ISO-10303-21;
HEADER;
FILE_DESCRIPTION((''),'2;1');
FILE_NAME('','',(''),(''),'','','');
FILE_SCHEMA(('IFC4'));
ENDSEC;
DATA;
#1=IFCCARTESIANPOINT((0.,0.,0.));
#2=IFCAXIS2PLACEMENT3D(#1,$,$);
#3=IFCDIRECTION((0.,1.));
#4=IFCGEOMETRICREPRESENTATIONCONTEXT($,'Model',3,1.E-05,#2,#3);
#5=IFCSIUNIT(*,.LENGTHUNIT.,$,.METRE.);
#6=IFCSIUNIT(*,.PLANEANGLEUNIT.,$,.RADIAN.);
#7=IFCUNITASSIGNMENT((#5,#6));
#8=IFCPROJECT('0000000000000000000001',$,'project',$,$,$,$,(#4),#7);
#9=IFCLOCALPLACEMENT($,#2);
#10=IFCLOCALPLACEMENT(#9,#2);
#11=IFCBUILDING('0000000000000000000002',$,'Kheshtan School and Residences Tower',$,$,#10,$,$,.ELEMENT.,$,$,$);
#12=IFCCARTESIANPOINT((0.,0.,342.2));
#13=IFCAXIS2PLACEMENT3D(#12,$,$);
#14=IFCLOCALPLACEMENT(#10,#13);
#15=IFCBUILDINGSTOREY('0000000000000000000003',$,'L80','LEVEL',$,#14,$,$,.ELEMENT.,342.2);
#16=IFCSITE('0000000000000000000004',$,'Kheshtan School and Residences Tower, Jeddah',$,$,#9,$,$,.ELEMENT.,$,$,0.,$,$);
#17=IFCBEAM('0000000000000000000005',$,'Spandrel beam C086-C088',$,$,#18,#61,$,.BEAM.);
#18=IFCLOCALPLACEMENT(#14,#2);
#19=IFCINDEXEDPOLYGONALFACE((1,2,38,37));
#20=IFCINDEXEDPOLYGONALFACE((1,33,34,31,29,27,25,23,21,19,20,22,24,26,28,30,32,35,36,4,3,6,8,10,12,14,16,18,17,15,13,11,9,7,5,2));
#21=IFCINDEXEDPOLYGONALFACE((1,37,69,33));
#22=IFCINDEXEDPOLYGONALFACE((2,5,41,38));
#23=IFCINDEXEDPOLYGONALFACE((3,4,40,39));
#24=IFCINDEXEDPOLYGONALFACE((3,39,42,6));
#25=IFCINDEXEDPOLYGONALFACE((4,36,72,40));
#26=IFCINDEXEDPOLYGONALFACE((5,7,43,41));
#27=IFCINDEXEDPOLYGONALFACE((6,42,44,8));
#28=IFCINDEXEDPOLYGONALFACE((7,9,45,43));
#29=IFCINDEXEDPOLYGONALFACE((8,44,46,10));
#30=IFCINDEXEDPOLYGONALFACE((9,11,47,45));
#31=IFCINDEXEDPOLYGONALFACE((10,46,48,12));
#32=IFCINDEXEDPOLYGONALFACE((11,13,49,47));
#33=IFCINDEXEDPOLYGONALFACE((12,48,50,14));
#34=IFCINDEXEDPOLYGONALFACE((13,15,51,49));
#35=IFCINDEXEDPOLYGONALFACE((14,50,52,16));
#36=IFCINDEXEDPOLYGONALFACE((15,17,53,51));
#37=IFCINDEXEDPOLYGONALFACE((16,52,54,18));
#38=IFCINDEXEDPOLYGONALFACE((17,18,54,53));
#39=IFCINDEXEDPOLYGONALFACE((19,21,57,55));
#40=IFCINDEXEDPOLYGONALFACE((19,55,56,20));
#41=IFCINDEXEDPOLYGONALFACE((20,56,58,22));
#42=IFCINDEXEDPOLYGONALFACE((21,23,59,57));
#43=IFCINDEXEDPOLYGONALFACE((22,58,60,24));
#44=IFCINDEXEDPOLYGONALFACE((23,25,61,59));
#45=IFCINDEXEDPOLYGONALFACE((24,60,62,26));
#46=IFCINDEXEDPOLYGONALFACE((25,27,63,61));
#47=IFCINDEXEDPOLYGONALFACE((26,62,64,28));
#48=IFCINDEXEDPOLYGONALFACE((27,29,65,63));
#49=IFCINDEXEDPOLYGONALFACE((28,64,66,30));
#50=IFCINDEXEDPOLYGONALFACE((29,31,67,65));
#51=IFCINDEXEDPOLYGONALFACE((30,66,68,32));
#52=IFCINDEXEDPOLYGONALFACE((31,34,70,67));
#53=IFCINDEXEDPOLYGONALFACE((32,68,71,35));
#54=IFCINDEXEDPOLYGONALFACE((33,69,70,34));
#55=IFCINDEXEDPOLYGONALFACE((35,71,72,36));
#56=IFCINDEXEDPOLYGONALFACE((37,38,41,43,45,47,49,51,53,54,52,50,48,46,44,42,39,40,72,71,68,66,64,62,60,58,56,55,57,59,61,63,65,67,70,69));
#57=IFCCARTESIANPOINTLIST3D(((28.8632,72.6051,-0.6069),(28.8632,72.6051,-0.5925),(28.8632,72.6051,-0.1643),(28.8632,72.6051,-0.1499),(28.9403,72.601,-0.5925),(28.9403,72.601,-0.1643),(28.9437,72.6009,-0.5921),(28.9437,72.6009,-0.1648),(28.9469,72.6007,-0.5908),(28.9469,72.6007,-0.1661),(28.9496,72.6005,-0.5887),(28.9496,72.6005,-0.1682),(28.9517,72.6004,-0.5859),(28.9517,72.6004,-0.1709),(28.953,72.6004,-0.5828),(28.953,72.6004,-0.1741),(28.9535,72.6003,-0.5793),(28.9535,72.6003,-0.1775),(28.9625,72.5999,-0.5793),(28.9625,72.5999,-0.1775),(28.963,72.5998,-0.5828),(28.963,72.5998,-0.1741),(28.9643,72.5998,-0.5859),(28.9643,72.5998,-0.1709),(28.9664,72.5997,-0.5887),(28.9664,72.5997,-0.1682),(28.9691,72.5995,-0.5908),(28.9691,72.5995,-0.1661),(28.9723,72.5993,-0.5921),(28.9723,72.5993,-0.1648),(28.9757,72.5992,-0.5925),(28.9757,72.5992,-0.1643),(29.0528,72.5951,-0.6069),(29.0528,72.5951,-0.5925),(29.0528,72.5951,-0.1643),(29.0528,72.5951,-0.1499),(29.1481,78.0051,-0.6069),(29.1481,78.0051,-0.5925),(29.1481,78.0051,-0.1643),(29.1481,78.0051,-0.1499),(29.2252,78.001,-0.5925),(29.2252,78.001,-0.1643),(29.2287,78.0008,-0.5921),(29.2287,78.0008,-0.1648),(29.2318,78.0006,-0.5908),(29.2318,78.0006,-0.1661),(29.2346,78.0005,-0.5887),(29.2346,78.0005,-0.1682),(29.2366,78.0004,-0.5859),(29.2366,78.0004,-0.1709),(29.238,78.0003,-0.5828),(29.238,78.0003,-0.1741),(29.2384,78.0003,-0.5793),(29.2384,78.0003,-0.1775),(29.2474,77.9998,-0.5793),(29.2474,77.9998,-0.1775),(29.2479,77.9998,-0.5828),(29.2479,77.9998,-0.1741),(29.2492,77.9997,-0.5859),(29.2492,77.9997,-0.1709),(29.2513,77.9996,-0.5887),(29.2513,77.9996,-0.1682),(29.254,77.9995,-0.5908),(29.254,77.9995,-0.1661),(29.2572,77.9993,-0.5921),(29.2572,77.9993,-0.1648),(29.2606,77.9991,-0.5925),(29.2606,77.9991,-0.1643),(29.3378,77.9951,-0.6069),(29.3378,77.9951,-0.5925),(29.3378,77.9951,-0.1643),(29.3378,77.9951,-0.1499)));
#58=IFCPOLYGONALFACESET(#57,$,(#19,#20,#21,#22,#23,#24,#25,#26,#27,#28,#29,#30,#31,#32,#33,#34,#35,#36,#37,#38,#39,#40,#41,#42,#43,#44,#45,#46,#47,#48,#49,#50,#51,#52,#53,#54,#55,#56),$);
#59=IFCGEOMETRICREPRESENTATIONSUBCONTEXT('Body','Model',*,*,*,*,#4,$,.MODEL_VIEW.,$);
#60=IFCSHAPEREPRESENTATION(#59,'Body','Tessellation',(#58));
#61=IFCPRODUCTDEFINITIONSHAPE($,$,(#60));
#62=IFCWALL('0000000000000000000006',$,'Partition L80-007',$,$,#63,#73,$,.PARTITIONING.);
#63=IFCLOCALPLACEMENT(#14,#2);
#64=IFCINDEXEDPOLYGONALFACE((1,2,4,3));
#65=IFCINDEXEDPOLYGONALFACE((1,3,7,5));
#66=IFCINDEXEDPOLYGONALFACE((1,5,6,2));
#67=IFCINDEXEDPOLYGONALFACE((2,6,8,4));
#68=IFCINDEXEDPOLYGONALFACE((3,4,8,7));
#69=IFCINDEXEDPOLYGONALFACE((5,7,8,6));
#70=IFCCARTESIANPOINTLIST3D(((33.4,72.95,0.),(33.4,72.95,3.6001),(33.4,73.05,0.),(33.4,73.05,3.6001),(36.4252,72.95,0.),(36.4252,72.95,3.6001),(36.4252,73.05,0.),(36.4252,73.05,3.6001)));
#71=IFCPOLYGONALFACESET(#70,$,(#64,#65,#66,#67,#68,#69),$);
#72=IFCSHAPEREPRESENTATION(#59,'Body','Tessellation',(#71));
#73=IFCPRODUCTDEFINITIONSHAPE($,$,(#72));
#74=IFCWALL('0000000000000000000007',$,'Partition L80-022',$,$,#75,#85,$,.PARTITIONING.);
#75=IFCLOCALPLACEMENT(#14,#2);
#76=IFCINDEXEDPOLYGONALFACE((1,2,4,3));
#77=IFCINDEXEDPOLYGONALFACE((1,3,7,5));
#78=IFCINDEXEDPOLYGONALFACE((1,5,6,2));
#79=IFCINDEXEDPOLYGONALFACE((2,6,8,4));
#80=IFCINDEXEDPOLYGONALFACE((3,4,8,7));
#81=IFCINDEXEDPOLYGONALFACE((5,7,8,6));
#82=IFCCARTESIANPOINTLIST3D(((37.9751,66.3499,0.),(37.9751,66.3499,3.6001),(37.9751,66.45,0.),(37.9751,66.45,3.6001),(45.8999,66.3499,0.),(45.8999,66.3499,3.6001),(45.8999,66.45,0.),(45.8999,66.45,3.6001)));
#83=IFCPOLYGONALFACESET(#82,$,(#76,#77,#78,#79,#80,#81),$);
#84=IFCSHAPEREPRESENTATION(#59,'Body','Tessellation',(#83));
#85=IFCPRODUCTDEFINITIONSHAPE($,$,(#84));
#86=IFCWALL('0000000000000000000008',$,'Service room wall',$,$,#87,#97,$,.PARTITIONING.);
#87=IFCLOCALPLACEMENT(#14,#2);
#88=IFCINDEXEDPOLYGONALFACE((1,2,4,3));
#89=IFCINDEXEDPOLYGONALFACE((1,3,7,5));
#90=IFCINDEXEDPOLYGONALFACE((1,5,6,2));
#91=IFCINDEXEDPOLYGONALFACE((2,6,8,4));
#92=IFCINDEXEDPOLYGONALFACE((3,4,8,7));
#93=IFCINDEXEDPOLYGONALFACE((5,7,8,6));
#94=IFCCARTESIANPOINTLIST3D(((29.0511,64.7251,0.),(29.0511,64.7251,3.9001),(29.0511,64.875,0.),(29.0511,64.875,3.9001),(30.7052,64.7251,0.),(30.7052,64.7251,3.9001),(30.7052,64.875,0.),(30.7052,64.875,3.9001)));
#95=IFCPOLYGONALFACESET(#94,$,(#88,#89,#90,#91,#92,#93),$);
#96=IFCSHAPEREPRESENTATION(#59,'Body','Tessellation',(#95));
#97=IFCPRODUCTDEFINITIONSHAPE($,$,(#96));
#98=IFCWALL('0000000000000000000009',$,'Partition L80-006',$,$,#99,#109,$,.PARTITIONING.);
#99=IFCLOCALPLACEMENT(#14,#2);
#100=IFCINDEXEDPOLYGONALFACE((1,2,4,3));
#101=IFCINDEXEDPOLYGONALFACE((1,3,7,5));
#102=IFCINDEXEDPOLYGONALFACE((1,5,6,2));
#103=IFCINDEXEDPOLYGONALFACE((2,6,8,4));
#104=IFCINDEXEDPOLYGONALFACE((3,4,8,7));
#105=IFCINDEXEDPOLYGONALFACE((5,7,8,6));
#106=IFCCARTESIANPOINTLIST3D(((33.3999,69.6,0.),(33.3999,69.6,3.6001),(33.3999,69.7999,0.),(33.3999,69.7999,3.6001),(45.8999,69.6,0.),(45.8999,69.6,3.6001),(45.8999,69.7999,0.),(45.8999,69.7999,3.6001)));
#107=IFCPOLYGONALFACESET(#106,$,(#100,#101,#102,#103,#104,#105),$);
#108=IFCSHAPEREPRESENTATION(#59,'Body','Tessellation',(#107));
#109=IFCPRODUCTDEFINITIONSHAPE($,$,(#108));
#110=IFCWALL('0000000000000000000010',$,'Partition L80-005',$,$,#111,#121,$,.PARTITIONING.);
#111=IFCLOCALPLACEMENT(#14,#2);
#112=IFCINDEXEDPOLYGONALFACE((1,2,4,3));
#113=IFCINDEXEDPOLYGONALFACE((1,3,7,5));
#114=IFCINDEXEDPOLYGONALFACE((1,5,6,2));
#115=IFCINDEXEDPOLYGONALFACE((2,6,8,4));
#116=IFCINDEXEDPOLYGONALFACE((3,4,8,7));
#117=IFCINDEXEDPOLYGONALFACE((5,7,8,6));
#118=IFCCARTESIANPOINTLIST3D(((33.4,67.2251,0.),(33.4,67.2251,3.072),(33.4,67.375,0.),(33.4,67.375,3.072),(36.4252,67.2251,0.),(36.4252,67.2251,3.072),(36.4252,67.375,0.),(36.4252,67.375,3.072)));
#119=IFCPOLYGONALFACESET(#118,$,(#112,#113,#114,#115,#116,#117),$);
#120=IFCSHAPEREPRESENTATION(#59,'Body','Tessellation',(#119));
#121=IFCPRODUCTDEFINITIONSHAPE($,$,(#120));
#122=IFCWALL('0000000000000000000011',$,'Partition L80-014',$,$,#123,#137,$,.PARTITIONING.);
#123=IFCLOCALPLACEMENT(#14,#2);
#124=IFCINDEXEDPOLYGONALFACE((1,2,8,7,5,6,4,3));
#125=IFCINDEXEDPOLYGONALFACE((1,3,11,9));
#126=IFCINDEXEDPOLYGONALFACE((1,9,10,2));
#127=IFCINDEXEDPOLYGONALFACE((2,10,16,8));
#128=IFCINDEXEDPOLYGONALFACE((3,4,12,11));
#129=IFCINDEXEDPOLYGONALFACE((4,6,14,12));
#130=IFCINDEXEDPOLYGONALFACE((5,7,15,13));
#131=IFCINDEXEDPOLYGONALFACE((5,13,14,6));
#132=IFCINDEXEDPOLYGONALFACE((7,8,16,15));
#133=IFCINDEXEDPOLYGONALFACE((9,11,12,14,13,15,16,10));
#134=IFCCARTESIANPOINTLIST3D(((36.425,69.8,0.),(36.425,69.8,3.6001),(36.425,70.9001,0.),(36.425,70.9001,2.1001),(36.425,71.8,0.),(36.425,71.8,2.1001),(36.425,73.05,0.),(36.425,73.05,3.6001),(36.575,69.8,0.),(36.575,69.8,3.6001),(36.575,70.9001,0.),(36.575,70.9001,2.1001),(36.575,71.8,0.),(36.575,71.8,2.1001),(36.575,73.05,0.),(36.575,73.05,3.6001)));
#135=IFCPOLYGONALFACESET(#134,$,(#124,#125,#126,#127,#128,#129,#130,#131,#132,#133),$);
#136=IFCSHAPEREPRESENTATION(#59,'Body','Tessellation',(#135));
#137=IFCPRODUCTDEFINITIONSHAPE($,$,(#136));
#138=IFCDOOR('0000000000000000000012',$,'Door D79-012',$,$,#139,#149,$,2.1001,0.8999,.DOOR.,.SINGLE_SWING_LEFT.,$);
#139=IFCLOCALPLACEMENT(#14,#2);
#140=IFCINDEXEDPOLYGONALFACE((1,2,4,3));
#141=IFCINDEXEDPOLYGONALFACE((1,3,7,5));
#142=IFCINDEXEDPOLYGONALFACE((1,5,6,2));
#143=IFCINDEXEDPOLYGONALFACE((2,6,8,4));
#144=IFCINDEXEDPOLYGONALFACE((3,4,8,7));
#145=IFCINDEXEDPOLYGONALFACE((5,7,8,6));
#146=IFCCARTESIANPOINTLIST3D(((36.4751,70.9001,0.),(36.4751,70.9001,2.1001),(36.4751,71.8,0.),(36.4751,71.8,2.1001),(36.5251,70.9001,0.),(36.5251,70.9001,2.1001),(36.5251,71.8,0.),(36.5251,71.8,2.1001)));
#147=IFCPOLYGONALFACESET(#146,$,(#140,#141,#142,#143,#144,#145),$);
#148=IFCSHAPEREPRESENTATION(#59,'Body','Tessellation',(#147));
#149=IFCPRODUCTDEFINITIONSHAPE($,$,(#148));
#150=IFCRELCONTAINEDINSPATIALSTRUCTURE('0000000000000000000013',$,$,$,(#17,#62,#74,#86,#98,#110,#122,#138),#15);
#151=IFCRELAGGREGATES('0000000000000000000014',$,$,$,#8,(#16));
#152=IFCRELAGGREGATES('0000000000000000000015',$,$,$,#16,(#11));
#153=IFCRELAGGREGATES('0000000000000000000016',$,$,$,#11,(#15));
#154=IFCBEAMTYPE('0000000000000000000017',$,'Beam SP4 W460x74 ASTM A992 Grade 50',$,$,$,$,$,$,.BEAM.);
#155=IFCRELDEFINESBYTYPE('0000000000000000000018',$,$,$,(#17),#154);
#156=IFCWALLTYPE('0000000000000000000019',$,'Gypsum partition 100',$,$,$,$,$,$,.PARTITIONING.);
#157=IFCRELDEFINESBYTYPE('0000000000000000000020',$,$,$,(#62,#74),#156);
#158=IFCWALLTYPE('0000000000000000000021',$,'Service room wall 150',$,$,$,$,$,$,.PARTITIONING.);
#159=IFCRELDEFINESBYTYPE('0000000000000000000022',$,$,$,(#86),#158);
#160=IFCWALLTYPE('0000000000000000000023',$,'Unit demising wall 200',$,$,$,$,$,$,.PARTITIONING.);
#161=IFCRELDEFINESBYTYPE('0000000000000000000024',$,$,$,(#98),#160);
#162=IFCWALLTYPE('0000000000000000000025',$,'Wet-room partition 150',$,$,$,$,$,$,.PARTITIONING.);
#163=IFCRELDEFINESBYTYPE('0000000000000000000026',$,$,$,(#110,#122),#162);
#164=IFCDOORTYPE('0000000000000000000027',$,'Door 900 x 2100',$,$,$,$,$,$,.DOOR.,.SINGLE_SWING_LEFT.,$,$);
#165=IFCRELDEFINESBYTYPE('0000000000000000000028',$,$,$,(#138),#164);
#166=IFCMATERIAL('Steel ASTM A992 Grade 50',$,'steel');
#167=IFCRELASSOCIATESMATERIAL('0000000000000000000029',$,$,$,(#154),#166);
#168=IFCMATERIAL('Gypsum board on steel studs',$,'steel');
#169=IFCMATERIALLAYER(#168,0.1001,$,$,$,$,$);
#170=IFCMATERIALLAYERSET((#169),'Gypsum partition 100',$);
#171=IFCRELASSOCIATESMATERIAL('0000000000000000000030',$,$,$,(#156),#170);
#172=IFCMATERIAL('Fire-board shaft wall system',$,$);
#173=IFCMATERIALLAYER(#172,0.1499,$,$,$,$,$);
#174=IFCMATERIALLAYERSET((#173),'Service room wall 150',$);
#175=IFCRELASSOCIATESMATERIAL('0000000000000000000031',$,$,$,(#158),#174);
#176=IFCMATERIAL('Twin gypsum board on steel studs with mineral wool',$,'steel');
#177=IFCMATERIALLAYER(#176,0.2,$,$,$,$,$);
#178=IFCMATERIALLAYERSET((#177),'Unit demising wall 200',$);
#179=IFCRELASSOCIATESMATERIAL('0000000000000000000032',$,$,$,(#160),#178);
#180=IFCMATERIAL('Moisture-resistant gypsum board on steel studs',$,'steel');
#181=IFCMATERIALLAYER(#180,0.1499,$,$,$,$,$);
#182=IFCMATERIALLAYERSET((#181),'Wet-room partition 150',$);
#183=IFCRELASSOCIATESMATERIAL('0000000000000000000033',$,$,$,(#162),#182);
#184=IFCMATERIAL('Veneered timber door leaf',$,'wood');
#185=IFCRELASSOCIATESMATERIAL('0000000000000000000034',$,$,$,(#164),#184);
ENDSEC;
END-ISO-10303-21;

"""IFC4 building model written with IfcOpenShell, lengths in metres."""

from ifc_helpers import new_model, si_unit, direction, frame, frame_2d, origin, origin_2d, place, context, subcontext, project, spatial, rectangle, i_section, extrude, source, transform, mapped, material, layer, layer_set, material_profile, profile_set, type_object, element, fill, save


model = new_model("IFC4")

# Units and contexts
model_context = context("Model", 3, precision=1e-05, world=origin(), true_north=direction((0.0, 1.0)))
body_context = subcontext(model_context, "Body", "Model", "MODEL_VIEW")
ifc_project = project(units=[si_unit("LENGTHUNIT", "METRE"), si_unit("PLANEANGLEUNIT", "RADIAN")], contexts=[model_context])

# Site, building, storey
site_placement = place(None, origin())
site = spatial("IfcSite", under=ifc_project, at=site_placement, Name="Kheshtan School and Residences Tower, Jeddah", CompositionType="ELEMENT", RefElevation=0.0)
building_placement = place(site_placement, origin())
building = spatial("IfcBuilding", under=site, at=building_placement, Name="Kheshtan School and Residences Tower", CompositionType="ELEMENT")
storey_placement = place(building_placement, frame((0.0, 0.0, 342.2)))
storey = spatial("IfcBuildingStorey", under=building, at=storey_placement, Name="L80", Description="LEVEL", CompositionType="ELEMENT", Elevation=342.2)

# Shared definitions
ifc_material_1 = material(Name="Steel ASTM A992 Grade 50", Category="steel")

# Beam
ifc_material_profile_1 = material_profile(ifc_material_1, i_section(OverallWidth=0.1899, OverallDepth=0.457, WebThickness=0.009, FlangeThickness=0.0144, FilletRadius=0.0132, at=origin_2d()), Name="W460x74")
ifc_profile_set_1 = profile_set([ifc_material_profile_1], Name="Steel ASTM A992 Grade 50")
beam_type_1 = type_object("IfcBeamType", Name="Beam SP4 W460x74 ASTM A992 Grade 50", PredefinedType="BEAM", material=ifc_profile_set_1)
beam_1_placement = place(storey_placement, frame((28.958, 72.6001, -0.3784), z_axis=(0.052689, 0.998611, 0.0), x_axis=(-0.998611, 0.052689, 0.0)))
element("IfcBeam", 1, at=beam_1_placement, inside=storey, type_object=beam_type_1, Name="Spandrel beam C086-C088", PredefinedType="BEAM", context=body_context, shape_type="SweptSolid", body=[
    extrude(i_section(OverallWidth=0.1899, OverallDepth=0.457, WebThickness=0.009, FlangeThickness=0.0144, FilletRadius=0.0132, at=origin_2d()), origin(), (0.0, 0.0, 1.0), 5.4075),
])

# Walls
ifc_material_2 = material(Name="Gypsum board on steel studs", Category="steel")
ifc_layer_1 = layer(ifc_material_2, 0.1001)
ifc_layer_set_1 = layer_set([ifc_layer_1], Name="Gypsum partition 100")
wall_type_1 = type_object("IfcWallType", Name="Gypsum partition 100", PredefinedType="PARTITIONING", material=ifc_layer_set_1)
wall_1_placement = place(storey_placement, frame((33.3999, 73.0, 0.0), z_axis=(0.0, 0.0, 1.0), x_axis=(1.0, 0.0, 0.0)))
element("IfcWall", 2, at=wall_1_placement, inside=storey, type_object=wall_type_1, Name="Partition L80-007", PredefinedType="PARTITIONING", context=body_context, shape_type="SweptSolid", body=[
    extrude(rectangle(XDim=3.0251, YDim=0.1001, at=frame_2d((1.5127, 0.0))), origin(), (0.0, 0.0, 1.0), 3.6001),
])
wall_2_placement = place(storey_placement, frame((37.9751, 66.3999, 0.0), z_axis=(0.0, 0.0, 1.0), x_axis=(1.0, 0.0, 0.0)))
element("IfcWall", 3, at=wall_2_placement, inside=storey, type_object=wall_type_1, Name="Partition L80-022", PredefinedType="PARTITIONING", context=body_context, shape_type="SweptSolid", body=[
    extrude(rectangle(XDim=7.9248, YDim=0.1001, at=frame_2d((3.9624, 0.0))), origin(), (0.0, 0.0, 1.0), 3.6001),
])
ifc_material_3 = material(Name="Fire-board shaft wall system")
ifc_layer_2 = layer(ifc_material_3, 0.1499)
ifc_layer_set_2 = layer_set([ifc_layer_2], Name="Service room wall 150")
wall_type_2 = type_object("IfcWallType", Name="Service room wall 150", PredefinedType="PARTITIONING", material=ifc_layer_set_2)
wall_3_placement = place(storey_placement, frame((29.051, 64.8, 0.0), z_axis=(0.0, 0.0, 1.0), x_axis=(1.0, 0.0, 0.0)))
element("IfcWall", 4, at=wall_3_placement, inside=storey, type_object=wall_type_2, Name="Service room wall", PredefinedType="PARTITIONING", context=body_context, shape_type="SweptSolid", body=[
    extrude(rectangle(XDim=1.6541, YDim=0.1499, at=frame_2d((0.8271, 0.0))), origin(), (0.0, 0.0, 1.0), 3.9001),
])
ifc_material_4 = material(Name="Twin gypsum board on steel studs with mineral wool", Category="steel")
ifc_layer_3 = layer(ifc_material_4, 0.2)
ifc_layer_set_3 = layer_set([ifc_layer_3], Name="Unit demising wall 200")
wall_type_3 = type_object("IfcWallType", Name="Unit demising wall 200", PredefinedType="PARTITIONING", material=ifc_layer_set_3)
wall_4_placement = place(storey_placement, frame((33.3999, 69.7, 0.0), z_axis=(0.0, 0.0, 1.0), x_axis=(1.0, 0.0, 0.0)))
element("IfcWall", 5, at=wall_4_placement, inside=storey, type_object=wall_type_3, Name="Partition L80-006", PredefinedType="PARTITIONING", context=body_context, shape_type="SweptSolid", body=[
    extrude(rectangle(XDim=12.5, YDim=0.2, at=frame_2d((6.25, 0.0))), origin(), (0.0, 0.0, 1.0), 3.6001),
])
ifc_material_5 = material(Name="Moisture-resistant gypsum board on steel studs", Category="steel")
ifc_layer_4 = layer(ifc_material_5, 0.1499)
ifc_layer_set_4 = layer_set([ifc_layer_4], Name="Wet-room partition 150")
wall_type_4 = type_object("IfcWallType", Name="Wet-room partition 150", PredefinedType="PARTITIONING", material=ifc_layer_set_4)
wall_5_placement = place(storey_placement, frame((33.3999, 67.3, 0.0), z_axis=(0.0, 0.0, 1.0), x_axis=(1.0, 0.0, 0.0)))
element("IfcWall", 6, at=wall_5_placement, inside=storey, type_object=wall_type_4, Name="Partition L80-005", PredefinedType="PARTITIONING", context=body_context, shape_type="SweptSolid", body=[
    extrude(rectangle(XDim=3.0251, YDim=0.1499, at=frame_2d((1.5127, 0.0))), origin(), (0.0, 0.0, 1.0), 3.072),
])

# Wall, opening, door
wall_6_placement = place(storey_placement, frame((36.5, 69.8, 0.0), z_axis=(0.0, 0.0, 1.0), x_axis=(0.0, 1.0, 0.0)))
wall_6 = element("IfcWall", 7, at=wall_6_placement, inside=storey, type_object=wall_type_4, Name="Partition L80-014", PredefinedType="PARTITIONING", context=body_context, shape_type="SweptSolid", body=[
    extrude(rectangle(XDim=3.25, YDim=0.1499, at=frame_2d((1.625, 0.0))), origin(), (0.0, 0.0, 1.0), 3.6001),
])
opening_1_placement = place(wall_6_placement, frame((1.1001, 0.0, 0.0)))
opening_1 = element("IfcOpeningElement", 8, at=opening_1_placement, cuts=wall_6, PredefinedType="OPENING", context=body_context, shape_type="SweptSolid", body=[
    extrude(rectangle(XDim=0.8999, YDim=2.1001, at=frame_2d((0.45, 1.05))), frame((0.0, 0.085, 0.0), z_axis=(0.0, -1.0, 0.0), x_axis=(1.0, 0.0, 0.0)), (0.0, 0.0, 1.0), 0.1699),
])
ifc_material_6 = material(Name="Veneered timber door leaf", Category="wood")
door_type_1 = type_object("IfcDoorType", Name="Door 900 x 2100", OperationType="SINGLE_SWING_LEFT", PredefinedType="DOOR", material=ifc_material_6)
shared_shape_1 = source(origin(), body_context, "Body", "SweptSolid", [
    extrude(rectangle(XDim=0.8999, YDim=2.1001, at=frame_2d((0.45, 1.05))), frame((0.0, 0.0249, 0.0), z_axis=(0.0, -1.0, 0.0), x_axis=(1.0, 0.0, 0.0)), (0.0, 0.0, 1.0), 0.05),
])
door_1_placement = place(opening_1_placement, origin())
door_1 = element("IfcDoor", 9, at=door_1_placement, inside=storey, type_object=door_type_1, Name="Door D79-012", OperationType="SINGLE_SWING_LEFT", OverallHeight=2.1001, OverallWidth=0.8999, PredefinedType="DOOR", context=body_context, shape_type="MappedRepresentation", body=[
    mapped(shared_shape_1, transform((0.0, 0.0, 0.0), x_axis=(1.0, 0.0, 0.0), y_axis=(0.0, 1.0, 0.0), z_axis=(0.0, 0.0, 1.0), scale=1.0)),
])
fill(opening_1, door_1)

save(model, "model.ifc")
